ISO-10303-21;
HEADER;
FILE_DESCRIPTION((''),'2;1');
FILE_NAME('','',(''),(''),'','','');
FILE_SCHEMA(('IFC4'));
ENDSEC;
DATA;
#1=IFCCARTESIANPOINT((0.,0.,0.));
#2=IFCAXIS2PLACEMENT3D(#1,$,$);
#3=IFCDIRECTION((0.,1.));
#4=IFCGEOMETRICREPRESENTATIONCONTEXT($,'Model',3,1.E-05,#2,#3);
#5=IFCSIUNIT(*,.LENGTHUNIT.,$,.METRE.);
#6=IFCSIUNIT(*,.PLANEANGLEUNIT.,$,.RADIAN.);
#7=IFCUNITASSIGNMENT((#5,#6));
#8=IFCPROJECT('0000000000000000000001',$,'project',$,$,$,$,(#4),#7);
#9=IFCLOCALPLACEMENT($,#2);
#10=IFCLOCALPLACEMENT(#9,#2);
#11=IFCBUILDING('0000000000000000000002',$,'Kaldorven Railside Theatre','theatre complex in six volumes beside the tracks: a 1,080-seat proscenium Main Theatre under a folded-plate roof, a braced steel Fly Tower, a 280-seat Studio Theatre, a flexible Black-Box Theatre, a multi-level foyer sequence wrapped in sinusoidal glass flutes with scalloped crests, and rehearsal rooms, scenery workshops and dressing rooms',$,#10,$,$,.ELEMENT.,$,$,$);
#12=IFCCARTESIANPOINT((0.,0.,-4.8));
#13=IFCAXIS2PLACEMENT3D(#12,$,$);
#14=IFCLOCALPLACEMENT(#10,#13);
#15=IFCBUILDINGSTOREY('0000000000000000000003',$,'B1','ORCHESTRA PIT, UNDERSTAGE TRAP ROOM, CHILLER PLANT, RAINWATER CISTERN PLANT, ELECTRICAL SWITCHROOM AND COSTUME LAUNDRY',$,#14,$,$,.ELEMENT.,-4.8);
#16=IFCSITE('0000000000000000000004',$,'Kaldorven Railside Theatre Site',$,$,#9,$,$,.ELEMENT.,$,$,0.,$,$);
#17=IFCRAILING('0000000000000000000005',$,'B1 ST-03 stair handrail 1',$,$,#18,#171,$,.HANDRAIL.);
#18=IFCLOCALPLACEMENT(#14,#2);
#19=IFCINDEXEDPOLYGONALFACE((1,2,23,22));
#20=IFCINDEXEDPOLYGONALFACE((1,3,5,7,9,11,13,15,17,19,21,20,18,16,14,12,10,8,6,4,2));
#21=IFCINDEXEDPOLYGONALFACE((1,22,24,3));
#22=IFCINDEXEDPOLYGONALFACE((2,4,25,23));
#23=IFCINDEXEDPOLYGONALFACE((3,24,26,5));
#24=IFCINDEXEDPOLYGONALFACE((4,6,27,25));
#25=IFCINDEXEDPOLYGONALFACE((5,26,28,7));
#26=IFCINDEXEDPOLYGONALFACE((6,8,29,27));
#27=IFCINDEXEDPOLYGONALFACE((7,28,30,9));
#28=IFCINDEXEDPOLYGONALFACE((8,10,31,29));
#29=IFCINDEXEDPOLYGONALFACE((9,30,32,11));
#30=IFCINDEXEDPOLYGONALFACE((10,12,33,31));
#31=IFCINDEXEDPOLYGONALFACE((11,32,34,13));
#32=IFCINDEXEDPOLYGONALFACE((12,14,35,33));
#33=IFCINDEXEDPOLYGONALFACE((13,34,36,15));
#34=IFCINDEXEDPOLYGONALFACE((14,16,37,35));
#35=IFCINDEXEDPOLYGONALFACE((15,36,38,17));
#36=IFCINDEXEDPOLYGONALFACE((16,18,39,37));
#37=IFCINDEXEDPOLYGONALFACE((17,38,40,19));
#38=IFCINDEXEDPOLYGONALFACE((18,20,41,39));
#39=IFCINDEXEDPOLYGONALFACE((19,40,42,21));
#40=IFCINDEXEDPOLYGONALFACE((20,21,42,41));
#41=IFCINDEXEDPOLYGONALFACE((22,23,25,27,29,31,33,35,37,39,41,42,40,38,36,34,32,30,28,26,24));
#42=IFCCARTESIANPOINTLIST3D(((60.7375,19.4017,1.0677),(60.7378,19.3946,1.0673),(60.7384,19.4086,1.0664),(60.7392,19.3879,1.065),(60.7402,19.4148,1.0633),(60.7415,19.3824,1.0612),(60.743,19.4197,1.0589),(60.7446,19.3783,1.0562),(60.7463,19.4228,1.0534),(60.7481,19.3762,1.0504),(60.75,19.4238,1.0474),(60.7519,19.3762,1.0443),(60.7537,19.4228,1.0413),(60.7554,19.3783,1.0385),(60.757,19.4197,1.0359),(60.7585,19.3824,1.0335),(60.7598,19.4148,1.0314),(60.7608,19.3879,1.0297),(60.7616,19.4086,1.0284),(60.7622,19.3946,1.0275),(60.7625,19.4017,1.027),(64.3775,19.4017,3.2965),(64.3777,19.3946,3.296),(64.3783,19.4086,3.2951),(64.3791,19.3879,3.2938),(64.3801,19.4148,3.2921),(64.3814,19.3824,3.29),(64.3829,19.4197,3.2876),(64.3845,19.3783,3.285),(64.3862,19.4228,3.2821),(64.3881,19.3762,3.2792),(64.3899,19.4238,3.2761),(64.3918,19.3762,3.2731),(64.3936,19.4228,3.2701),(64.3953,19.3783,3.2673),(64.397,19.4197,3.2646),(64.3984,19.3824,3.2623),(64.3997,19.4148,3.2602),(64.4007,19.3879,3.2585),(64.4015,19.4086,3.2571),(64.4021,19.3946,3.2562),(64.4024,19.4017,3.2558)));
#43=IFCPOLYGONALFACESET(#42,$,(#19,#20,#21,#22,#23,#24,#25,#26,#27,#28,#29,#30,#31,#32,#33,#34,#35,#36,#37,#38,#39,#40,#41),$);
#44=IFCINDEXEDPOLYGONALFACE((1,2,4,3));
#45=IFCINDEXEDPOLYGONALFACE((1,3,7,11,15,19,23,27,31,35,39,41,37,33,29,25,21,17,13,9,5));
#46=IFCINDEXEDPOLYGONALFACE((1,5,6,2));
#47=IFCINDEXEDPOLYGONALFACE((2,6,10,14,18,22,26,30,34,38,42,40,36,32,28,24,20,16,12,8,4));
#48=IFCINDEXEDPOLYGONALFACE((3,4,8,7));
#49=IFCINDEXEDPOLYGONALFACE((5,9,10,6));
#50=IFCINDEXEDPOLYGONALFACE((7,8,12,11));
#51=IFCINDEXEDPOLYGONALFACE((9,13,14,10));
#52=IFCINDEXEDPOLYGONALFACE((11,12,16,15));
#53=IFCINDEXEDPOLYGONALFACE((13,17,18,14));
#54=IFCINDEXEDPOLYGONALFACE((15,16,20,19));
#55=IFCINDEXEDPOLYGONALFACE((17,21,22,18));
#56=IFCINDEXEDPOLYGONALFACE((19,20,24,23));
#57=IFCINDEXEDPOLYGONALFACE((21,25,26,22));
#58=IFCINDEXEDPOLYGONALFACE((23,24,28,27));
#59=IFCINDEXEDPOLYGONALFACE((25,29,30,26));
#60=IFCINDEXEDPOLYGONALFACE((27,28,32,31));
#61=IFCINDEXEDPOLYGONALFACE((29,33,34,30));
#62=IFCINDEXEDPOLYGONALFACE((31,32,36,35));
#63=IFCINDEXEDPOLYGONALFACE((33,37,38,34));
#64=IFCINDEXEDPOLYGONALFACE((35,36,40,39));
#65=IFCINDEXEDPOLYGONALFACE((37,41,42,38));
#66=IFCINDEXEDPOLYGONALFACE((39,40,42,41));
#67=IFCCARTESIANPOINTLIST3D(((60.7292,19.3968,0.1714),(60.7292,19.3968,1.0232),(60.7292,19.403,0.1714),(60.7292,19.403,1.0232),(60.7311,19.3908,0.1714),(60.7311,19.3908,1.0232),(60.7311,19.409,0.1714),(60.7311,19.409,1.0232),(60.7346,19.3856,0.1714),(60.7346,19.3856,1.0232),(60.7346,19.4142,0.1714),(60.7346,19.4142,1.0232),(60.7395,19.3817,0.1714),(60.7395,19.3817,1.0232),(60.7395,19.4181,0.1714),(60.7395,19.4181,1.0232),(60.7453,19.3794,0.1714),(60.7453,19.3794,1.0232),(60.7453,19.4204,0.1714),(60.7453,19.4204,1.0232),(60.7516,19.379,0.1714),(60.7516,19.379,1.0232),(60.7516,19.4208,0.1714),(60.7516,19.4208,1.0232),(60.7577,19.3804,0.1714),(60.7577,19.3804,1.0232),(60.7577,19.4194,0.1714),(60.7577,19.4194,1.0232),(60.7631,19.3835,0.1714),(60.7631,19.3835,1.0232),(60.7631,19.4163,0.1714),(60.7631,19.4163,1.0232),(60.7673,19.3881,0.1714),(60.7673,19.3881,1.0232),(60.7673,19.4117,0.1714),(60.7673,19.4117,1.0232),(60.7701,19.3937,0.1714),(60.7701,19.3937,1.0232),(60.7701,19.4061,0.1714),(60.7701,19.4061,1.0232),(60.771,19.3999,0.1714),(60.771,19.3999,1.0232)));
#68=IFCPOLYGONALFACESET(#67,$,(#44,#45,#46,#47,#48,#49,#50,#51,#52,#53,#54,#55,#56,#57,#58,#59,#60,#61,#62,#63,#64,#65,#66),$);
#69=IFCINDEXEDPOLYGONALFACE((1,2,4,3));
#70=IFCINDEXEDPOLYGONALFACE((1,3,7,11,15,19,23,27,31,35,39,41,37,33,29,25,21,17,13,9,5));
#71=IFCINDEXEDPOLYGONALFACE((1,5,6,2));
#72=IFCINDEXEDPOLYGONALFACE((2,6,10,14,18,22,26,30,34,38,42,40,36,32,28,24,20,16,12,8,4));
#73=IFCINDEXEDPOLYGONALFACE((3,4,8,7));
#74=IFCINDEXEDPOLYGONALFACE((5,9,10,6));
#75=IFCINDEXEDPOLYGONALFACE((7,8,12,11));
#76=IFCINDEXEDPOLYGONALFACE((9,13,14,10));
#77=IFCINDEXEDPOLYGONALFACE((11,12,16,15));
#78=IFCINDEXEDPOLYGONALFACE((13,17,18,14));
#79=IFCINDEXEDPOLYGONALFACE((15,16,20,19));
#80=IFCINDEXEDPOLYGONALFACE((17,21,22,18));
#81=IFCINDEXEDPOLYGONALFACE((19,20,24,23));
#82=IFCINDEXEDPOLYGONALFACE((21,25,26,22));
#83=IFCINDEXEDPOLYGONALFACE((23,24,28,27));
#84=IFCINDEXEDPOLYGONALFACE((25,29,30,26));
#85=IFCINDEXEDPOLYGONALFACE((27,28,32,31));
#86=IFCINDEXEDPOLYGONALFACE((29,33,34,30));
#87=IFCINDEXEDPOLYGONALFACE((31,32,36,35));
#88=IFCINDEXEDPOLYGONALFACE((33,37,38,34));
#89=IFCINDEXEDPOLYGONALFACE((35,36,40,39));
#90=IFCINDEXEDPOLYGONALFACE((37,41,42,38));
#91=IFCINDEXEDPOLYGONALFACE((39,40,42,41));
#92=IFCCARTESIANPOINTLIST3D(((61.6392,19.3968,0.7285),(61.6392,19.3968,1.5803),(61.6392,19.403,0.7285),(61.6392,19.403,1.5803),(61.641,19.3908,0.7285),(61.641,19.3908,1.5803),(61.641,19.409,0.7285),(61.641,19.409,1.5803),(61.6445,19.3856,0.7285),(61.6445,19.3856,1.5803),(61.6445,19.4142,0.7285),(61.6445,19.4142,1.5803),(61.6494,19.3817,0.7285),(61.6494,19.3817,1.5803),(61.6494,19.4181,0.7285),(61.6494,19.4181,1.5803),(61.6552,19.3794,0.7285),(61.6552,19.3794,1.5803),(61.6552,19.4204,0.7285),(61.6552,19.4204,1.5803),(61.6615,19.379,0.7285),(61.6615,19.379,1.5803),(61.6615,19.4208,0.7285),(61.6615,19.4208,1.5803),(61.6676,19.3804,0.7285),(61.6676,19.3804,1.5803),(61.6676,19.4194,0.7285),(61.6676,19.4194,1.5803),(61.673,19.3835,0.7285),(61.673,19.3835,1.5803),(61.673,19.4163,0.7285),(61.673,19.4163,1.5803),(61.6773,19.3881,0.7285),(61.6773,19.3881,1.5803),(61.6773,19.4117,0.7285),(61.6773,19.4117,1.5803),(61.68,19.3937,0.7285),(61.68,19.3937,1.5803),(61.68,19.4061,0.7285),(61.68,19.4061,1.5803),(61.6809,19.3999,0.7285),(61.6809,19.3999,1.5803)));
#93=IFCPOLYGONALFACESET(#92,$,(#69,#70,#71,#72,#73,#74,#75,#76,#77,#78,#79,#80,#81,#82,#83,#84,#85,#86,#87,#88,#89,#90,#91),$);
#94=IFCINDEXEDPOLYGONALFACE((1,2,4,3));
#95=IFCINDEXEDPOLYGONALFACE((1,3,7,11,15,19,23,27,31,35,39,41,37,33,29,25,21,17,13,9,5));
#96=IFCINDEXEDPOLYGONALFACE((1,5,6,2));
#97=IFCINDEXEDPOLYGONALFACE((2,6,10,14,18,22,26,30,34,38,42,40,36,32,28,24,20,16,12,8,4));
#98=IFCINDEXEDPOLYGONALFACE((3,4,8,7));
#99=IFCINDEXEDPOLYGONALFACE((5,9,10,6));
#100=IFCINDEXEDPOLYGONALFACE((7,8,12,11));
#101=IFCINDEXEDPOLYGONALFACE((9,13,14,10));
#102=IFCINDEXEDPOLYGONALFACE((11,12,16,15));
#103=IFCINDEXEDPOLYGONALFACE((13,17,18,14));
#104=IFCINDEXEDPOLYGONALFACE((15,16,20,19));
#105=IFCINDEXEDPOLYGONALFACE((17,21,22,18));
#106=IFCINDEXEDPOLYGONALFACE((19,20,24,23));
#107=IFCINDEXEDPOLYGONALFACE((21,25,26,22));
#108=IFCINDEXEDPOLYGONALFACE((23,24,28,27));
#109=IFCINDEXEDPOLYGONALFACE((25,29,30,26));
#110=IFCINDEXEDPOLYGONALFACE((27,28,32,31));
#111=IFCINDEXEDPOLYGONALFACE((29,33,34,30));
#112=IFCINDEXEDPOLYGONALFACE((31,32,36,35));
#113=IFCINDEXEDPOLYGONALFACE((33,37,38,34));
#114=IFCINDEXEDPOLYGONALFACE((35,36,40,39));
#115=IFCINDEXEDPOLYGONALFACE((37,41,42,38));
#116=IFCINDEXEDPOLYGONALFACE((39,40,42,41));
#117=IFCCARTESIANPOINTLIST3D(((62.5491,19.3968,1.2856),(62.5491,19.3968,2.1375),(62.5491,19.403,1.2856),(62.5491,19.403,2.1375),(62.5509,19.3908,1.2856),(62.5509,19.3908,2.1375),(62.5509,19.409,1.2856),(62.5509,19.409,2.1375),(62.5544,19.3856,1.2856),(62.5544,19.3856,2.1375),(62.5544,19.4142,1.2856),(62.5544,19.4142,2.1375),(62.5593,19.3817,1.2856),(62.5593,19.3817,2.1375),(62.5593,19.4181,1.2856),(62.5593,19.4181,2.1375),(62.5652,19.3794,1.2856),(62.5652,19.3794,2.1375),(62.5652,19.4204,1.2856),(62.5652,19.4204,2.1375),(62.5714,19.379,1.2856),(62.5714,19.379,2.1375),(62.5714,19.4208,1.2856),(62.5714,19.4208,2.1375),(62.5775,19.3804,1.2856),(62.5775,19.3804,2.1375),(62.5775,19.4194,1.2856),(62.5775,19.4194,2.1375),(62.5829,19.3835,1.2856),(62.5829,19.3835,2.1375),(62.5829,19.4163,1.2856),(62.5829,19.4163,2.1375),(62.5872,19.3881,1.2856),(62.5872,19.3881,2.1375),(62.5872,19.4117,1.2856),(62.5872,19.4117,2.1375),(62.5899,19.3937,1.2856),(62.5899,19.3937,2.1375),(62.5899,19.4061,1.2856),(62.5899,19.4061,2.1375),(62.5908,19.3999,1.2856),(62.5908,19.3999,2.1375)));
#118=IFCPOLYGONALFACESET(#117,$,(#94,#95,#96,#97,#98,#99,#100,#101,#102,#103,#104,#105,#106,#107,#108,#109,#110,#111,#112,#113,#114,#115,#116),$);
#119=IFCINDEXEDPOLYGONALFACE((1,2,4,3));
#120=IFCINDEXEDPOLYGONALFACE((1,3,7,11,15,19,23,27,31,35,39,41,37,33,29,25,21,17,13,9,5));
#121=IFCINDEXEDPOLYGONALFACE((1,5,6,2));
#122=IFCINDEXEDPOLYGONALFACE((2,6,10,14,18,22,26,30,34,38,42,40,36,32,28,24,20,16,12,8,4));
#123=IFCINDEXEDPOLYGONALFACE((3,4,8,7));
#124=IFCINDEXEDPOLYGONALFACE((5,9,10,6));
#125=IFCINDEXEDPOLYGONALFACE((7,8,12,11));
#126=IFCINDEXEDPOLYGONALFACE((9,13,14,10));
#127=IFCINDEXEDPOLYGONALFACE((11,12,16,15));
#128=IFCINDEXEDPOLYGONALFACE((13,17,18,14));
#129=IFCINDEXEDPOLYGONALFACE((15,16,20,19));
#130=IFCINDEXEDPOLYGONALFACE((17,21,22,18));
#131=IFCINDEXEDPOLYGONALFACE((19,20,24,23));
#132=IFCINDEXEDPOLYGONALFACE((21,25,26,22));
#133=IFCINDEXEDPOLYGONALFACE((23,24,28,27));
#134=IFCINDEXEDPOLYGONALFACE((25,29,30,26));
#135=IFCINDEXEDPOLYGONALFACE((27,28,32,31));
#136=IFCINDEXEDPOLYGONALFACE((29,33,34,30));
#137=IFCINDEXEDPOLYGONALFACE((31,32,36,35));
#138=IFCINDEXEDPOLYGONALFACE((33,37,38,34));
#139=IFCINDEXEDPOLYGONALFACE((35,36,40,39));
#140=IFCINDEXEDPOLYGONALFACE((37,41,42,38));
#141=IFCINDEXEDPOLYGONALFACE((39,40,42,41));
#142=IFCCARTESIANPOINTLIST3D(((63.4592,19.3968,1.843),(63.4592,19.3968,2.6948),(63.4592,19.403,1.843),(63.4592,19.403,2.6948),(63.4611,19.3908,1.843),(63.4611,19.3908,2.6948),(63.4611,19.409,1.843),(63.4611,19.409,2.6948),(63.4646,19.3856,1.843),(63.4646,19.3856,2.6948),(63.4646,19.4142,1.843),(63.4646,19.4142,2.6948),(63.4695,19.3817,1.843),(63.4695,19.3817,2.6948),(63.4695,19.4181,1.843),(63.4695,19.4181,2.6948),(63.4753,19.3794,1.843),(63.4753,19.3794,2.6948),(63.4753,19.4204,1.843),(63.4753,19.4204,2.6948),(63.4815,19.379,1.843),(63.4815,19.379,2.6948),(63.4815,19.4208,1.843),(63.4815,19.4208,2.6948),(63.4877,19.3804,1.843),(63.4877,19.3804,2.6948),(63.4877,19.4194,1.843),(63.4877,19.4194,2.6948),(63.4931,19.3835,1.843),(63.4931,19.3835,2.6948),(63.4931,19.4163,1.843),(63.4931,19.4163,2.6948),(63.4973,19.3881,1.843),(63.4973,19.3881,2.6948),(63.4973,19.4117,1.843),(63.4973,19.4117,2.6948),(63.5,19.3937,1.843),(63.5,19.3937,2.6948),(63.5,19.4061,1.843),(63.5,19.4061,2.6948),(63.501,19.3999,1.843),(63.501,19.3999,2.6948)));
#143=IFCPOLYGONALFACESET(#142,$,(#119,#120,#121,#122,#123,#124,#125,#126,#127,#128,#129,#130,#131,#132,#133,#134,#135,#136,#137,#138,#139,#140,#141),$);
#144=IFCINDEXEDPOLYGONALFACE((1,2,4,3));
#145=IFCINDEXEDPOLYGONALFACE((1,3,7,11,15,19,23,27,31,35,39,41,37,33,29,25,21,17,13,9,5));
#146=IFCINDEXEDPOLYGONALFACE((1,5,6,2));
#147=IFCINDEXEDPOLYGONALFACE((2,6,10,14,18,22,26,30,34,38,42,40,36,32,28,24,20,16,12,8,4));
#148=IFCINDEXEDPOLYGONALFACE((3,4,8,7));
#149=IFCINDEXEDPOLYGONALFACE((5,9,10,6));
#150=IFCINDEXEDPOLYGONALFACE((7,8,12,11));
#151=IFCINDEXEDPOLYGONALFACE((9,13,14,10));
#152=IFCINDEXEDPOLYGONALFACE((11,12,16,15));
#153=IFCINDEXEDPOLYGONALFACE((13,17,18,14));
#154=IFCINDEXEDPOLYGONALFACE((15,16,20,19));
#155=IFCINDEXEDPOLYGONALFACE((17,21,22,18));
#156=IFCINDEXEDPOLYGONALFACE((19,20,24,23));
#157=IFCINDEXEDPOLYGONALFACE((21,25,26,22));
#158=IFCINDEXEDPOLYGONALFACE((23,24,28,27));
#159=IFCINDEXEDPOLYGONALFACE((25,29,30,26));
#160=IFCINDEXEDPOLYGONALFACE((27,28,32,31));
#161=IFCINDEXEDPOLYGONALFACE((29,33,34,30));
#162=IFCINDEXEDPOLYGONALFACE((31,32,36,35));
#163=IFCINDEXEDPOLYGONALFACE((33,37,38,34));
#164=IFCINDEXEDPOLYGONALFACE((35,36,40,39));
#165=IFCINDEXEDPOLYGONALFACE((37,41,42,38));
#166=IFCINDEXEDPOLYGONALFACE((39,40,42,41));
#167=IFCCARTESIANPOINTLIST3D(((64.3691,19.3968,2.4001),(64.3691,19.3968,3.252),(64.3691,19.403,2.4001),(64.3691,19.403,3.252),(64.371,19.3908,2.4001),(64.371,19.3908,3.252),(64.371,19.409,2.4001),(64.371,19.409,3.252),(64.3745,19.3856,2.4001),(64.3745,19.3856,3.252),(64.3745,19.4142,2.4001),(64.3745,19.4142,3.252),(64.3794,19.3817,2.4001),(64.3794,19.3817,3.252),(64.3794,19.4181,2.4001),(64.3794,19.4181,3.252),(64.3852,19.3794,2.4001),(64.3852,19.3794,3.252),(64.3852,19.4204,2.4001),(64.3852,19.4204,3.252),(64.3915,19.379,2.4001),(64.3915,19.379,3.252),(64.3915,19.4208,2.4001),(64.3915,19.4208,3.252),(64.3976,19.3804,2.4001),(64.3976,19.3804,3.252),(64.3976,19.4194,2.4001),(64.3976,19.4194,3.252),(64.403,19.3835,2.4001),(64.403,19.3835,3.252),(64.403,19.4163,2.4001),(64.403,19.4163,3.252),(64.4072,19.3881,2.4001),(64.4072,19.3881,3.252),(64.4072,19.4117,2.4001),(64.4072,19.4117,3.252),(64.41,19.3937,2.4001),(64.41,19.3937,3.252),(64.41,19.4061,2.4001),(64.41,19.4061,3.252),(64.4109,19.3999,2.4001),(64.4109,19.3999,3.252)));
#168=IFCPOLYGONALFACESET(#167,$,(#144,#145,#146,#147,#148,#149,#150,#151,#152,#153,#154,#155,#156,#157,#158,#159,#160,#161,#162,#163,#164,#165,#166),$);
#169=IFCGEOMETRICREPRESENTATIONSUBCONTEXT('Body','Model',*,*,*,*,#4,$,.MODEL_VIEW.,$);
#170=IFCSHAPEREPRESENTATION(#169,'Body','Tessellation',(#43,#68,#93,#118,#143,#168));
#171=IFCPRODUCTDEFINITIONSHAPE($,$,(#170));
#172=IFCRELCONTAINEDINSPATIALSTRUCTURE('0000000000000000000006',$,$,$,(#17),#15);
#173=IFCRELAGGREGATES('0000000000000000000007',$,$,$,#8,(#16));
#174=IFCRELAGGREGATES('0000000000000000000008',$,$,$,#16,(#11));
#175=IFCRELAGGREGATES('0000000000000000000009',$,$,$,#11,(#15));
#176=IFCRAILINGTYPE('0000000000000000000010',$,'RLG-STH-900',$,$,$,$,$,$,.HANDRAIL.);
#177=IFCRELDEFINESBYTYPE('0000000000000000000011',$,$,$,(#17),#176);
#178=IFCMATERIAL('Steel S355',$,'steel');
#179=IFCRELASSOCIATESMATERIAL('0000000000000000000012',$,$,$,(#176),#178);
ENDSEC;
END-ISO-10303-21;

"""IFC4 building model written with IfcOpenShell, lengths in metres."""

from ifc_helpers import new_model, si_unit, direction, frame, origin, origin_2d, place, context, subcontext, project, spatial, circle, extrude, material, type_object, element, save


model = new_model("IFC4")

# Units and contexts
model_context = context("Model", 3, precision=1e-05, world=origin(), true_north=direction((0.0, 1.0)))
body_context = subcontext(model_context, "Body", "Model", "MODEL_VIEW")
ifc_project = project(units=[si_unit("LENGTHUNIT", "METRE"), si_unit("PLANEANGLEUNIT", "RADIAN")], contexts=[model_context])

# Site, building, storey
site_placement = place(None, origin())
site = spatial("IfcSite", under=ifc_project, at=site_placement, Name="Kaldorven Railside Theatre Site", CompositionType="ELEMENT", RefElevation=0.0)
building_placement = place(site_placement, origin())
building = spatial("IfcBuilding", under=site, at=building_placement, Name="Kaldorven Railside Theatre", Description="theatre complex in six volumes beside the tracks: a 1,080-seat proscenium Main Theatre under a folded-plate roof, a braced steel Fly Tower, a 280-seat Studio Theatre, a flexible Black-Box Theatre, a multi-level foyer sequence wrapped in sinusoidal glass flutes with scalloped crests, and rehearsal rooms, scenery workshops and dressing rooms", CompositionType="ELEMENT")
storey_placement = place(building_placement, frame((0.0, 0.0, -4.8)))
storey = spatial("IfcBuildingStorey", under=building, at=storey_placement, Name="B1", Description="ORCHESTRA PIT, UNDERSTAGE TRAP ROOM, CHILLER PLANT, RAINWATER CISTERN PLANT, ELECTRICAL SWITCHROOM AND COSTUME LAUNDRY", CompositionType="ELEMENT", Elevation=-4.8)

# Railing
ifc_material_1 = material(Name="Steel S355", Category="steel")
railing_type_1 = type_object("IfcRailingType", Name="RLG-STH-900", PredefinedType="HANDRAIL", material=ifc_material_1)
railing_1_placement = place(storey_placement, frame((60.75, 19.3999, 0.1714)))
element("IfcRailing", 1, at=railing_1_placement, inside=storey, type_object=railing_type_1, Name="B1 ST-03 stair handrail 1", PredefinedType="HANDRAIL", context=body_context, shape_type="SweptSolid", body=[
    extrude(circle(Radius=0.0239, at=origin_2d()), frame((0.0, 0.0, 0.876), z_axis=(0.852825, 0.0, 0.522197), x_axis=(0.0, 1.0, 0.0)), (0.0, 0.0, 1.0), 4.2681),
    extrude(circle(Radius=0.021, at=origin_2d()), origin(), (0.0, 0.0, 1.0), 0.8518),
    extrude(circle(Radius=0.021, at=origin_2d()), frame((0.9099, 0.0, 0.5571)), (0.0, 0.0, 1.0), 0.8518),
    extrude(circle(Radius=0.021, at=origin_2d()), frame((1.8198, 0.0, 1.1143)), (0.0, 0.0, 1.0), 0.8518),
    extrude(circle(Radius=0.021, at=origin_2d()), frame((2.73, 0.0, 1.6716)), (0.0, 0.0, 1.0), 0.8518),
    extrude(circle(Radius=0.021, at=origin_2d()), frame((3.6399, 0.0, 2.2288)), (0.0, 0.0, 1.0), 0.8518),
])

save(model, "model.ifc")
